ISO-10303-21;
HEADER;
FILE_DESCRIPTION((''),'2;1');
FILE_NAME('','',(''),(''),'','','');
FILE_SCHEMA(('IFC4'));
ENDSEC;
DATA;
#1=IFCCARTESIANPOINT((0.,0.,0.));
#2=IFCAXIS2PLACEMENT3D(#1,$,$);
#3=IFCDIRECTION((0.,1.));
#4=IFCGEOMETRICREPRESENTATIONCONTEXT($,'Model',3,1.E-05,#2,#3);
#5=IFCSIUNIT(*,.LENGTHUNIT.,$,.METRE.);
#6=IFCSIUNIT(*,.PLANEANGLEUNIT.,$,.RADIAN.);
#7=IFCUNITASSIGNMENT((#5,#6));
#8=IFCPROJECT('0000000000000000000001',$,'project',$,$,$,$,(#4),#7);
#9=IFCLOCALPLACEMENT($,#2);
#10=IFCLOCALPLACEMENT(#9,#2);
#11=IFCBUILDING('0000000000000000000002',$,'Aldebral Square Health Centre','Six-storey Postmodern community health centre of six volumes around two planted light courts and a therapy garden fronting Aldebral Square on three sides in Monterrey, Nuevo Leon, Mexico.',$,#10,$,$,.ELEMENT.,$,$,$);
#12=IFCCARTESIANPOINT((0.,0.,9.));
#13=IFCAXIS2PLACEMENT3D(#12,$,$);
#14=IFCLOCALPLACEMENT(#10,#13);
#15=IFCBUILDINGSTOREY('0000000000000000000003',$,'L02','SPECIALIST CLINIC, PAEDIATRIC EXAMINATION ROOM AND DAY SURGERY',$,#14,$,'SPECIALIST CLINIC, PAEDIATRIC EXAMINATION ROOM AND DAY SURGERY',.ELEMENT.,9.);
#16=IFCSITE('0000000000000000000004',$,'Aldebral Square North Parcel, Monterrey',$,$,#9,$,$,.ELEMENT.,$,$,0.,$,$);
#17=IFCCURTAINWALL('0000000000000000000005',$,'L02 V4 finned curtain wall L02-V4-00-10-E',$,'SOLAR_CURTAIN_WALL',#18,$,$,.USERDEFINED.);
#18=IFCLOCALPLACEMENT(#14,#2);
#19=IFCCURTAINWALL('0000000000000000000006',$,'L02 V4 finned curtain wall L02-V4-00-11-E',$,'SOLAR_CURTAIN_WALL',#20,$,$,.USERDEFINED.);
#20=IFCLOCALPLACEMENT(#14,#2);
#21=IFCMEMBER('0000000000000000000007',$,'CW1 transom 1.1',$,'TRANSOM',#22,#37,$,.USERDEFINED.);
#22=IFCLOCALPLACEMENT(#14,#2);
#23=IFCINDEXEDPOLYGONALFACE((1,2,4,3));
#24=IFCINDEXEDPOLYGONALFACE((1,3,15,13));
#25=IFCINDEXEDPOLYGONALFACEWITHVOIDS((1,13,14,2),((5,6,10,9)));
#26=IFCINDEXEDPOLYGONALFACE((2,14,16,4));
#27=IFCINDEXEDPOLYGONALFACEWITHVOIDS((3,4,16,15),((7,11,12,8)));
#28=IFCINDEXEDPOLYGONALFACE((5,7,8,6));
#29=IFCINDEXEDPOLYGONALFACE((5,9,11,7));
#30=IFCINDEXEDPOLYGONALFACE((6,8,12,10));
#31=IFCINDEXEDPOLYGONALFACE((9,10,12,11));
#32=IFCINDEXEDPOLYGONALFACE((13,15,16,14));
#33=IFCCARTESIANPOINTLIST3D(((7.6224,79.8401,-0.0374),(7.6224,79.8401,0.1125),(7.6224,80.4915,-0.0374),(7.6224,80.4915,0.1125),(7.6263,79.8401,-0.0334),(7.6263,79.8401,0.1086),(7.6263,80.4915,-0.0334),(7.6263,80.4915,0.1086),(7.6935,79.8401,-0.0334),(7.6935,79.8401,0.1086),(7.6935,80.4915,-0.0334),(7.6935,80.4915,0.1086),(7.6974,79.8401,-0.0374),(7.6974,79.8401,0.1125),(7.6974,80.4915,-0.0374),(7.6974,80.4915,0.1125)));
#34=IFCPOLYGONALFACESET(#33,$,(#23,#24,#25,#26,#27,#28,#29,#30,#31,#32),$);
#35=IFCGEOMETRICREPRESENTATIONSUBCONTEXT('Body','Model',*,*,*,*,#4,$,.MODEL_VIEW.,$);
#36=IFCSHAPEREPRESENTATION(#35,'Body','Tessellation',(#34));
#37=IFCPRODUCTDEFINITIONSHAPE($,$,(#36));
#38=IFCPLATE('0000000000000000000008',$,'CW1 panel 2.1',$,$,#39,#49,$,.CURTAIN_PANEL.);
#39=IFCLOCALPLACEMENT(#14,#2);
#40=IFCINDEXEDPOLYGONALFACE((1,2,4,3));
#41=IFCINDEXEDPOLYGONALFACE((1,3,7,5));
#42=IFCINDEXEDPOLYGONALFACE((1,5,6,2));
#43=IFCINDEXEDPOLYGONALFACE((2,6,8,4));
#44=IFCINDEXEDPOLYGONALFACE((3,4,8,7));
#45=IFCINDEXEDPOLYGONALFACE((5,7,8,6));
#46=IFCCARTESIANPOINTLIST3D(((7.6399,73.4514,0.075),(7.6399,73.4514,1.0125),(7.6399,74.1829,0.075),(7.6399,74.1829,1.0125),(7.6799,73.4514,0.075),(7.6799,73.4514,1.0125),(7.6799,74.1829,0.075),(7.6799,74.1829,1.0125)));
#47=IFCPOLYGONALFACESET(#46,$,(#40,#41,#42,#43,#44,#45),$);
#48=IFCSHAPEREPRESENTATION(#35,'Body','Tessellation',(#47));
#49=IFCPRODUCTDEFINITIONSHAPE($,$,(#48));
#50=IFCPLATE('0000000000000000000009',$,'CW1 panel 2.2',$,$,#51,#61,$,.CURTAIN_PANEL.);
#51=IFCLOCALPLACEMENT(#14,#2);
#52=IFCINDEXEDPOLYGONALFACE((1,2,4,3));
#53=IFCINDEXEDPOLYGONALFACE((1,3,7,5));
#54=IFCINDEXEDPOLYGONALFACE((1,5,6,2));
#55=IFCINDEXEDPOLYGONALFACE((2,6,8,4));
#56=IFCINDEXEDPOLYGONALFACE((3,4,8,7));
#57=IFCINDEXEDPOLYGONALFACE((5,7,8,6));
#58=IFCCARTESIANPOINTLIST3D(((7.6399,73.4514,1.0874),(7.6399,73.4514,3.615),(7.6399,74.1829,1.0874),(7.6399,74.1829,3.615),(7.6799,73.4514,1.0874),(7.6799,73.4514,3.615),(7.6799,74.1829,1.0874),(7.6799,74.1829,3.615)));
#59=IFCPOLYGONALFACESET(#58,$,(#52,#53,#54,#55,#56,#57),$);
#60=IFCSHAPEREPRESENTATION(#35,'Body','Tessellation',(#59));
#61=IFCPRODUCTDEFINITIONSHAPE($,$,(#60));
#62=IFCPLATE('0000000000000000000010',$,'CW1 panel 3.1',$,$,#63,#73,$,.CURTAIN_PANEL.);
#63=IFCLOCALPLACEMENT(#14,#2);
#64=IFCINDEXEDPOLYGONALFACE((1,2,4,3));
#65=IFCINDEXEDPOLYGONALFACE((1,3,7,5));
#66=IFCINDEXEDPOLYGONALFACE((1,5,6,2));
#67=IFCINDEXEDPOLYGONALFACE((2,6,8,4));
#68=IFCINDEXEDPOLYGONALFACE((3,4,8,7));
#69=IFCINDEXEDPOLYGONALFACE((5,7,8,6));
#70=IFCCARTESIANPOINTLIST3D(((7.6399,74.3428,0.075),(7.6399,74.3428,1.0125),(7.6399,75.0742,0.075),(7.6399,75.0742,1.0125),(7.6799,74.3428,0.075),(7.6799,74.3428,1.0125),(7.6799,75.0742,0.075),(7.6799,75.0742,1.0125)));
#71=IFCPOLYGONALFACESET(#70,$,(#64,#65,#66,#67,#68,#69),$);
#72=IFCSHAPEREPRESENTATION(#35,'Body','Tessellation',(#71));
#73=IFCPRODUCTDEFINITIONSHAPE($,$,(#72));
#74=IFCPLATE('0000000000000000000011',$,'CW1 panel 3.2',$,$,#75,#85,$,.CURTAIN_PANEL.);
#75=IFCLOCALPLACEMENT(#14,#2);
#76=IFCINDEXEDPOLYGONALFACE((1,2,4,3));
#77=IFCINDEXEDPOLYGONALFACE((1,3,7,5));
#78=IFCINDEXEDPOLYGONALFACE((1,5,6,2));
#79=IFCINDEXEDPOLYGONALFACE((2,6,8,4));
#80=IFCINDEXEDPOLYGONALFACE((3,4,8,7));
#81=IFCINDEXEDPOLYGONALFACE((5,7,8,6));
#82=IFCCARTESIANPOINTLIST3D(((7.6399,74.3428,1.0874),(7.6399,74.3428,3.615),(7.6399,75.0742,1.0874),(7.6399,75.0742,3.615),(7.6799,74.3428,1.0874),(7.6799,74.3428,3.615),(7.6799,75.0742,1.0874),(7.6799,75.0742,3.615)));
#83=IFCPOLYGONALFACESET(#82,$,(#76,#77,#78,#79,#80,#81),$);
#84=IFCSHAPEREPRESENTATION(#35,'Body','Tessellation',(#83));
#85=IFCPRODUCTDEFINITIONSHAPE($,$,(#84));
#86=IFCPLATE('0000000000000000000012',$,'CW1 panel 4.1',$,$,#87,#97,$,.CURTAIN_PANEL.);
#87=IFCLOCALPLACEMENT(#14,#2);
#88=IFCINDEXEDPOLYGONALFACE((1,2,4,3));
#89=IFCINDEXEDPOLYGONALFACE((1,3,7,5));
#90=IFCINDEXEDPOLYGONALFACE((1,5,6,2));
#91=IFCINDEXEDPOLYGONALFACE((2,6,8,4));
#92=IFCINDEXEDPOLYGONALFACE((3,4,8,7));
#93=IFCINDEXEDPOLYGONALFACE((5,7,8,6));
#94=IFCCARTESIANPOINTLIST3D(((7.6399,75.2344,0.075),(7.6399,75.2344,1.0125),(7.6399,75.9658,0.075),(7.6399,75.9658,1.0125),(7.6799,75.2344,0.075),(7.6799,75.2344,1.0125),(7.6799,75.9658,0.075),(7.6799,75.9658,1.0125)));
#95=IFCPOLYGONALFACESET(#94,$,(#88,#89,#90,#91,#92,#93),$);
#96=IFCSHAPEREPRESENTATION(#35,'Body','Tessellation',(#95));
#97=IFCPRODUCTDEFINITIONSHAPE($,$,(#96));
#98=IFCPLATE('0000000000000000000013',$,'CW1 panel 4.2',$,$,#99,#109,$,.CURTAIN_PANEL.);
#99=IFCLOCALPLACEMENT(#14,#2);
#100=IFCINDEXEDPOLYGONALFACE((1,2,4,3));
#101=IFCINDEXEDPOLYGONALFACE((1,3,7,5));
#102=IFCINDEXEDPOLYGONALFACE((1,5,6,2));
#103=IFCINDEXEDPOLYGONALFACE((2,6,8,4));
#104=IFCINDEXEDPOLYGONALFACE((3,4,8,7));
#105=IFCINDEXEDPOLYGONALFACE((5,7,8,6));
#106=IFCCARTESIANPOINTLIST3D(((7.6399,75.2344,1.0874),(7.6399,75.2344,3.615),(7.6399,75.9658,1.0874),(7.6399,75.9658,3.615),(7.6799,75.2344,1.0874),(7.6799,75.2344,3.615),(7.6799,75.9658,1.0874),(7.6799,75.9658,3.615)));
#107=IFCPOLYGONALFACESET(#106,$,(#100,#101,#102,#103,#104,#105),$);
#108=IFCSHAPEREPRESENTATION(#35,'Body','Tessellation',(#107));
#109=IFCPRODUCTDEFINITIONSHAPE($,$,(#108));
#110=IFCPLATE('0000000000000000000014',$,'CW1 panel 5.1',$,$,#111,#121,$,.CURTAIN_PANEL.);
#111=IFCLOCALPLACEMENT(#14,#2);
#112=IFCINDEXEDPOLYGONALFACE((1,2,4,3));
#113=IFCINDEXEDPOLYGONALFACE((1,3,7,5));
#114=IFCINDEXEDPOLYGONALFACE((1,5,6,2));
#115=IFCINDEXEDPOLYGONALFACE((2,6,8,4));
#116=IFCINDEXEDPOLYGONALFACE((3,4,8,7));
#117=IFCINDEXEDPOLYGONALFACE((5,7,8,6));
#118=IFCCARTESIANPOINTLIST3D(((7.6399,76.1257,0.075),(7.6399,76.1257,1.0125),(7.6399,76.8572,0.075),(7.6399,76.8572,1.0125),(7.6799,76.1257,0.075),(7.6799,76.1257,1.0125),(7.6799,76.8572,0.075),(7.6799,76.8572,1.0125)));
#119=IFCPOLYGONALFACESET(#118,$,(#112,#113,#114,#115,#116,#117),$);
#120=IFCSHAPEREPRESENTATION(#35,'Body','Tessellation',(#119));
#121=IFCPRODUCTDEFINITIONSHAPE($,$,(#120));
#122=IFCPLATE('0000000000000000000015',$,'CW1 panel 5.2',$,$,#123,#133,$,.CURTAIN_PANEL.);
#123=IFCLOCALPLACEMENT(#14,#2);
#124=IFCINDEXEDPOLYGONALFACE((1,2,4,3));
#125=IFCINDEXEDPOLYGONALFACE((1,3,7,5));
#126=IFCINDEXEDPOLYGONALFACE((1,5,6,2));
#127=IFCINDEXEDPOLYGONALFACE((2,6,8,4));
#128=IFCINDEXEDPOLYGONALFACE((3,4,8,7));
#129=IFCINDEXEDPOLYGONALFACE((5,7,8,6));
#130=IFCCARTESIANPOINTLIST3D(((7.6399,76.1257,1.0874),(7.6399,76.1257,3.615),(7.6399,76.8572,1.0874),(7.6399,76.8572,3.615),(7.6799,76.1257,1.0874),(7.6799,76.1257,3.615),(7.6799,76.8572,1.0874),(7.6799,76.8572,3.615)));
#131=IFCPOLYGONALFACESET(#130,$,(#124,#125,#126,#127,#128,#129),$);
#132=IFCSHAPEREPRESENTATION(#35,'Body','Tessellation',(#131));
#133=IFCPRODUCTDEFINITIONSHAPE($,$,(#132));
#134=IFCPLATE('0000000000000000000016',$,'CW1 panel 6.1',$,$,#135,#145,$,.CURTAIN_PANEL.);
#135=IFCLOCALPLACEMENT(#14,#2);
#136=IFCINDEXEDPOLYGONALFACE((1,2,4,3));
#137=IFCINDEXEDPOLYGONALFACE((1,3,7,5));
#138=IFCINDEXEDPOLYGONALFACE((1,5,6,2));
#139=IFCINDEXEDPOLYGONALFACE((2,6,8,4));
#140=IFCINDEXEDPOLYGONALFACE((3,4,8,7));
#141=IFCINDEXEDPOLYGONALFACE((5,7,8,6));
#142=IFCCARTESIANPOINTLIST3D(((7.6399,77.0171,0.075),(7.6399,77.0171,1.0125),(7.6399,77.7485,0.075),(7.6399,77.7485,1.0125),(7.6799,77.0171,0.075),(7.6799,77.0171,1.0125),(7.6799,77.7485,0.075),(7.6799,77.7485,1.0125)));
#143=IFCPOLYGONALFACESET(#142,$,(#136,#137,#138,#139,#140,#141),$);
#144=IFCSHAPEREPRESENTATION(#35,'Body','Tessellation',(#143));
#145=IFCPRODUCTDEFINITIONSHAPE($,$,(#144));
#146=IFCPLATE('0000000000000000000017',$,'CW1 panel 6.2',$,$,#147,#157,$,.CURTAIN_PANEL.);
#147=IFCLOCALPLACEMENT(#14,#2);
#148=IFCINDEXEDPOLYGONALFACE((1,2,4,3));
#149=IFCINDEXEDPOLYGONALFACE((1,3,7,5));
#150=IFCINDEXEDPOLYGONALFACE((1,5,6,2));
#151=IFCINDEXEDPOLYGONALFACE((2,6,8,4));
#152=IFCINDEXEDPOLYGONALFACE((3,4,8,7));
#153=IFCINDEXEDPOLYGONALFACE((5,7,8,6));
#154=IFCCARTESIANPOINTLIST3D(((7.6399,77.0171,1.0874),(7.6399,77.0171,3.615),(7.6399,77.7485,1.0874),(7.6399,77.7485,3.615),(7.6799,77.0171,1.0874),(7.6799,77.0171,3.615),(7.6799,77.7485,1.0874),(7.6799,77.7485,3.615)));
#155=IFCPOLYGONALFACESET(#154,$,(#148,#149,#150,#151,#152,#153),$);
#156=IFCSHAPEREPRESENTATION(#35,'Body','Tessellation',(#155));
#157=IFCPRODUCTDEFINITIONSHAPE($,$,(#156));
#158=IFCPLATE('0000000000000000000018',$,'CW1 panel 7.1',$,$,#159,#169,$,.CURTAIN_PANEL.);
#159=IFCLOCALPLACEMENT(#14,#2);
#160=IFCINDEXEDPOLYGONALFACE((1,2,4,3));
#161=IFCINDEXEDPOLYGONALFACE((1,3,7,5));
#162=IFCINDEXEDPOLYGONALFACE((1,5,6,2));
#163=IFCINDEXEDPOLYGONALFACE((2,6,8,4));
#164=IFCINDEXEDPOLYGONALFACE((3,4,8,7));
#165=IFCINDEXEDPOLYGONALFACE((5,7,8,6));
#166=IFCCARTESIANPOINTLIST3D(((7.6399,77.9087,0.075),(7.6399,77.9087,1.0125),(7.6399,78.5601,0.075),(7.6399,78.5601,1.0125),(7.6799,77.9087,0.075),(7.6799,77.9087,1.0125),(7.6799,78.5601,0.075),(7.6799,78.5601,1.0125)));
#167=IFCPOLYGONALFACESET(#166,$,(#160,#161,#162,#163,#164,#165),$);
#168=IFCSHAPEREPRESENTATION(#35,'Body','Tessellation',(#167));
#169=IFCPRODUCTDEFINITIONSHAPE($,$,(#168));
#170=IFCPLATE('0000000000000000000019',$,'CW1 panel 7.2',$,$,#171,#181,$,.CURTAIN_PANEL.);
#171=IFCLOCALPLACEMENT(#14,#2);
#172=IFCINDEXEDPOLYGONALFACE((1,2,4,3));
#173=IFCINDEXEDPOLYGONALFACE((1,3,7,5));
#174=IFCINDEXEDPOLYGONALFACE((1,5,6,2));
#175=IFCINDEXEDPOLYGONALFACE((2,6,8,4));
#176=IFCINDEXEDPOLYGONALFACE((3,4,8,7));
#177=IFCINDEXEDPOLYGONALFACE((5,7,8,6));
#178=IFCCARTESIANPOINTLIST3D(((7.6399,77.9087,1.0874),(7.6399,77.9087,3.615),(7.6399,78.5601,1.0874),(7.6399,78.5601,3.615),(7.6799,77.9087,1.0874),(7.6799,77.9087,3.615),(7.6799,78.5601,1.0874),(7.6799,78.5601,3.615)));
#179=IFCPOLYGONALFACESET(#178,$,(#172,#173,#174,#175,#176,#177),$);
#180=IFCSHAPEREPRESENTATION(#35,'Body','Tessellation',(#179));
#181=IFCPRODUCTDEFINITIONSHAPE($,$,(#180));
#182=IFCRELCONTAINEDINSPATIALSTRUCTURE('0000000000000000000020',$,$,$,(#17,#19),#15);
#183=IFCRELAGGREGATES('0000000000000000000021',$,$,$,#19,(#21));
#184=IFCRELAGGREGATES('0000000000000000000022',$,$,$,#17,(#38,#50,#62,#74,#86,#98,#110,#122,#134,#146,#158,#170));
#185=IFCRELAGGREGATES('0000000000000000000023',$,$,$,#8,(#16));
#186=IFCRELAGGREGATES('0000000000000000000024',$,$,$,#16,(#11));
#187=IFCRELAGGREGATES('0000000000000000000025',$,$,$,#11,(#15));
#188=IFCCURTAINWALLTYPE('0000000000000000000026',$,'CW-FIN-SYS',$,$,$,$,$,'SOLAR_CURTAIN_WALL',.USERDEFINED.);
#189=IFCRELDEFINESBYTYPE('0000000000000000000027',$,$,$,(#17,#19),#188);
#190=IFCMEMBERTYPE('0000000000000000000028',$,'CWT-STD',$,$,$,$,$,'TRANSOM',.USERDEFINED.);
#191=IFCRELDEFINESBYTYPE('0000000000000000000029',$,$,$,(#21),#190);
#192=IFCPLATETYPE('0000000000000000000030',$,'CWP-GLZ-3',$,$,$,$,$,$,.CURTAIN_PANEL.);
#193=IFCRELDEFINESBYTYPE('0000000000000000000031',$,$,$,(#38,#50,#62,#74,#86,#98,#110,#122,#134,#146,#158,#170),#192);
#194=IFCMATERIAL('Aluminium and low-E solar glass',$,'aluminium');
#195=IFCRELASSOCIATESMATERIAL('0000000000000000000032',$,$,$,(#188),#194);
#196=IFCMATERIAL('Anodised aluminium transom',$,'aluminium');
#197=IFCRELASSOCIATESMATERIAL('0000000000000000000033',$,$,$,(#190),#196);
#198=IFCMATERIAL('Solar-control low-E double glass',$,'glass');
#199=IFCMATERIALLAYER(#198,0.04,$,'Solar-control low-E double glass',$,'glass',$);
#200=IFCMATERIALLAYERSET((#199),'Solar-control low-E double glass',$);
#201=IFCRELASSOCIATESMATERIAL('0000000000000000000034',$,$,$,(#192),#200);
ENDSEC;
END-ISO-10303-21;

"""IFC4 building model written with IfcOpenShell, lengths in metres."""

from ifc_helpers import new_model, si_unit, direction, frame, origin, origin_2d, place, context, subcontext, project, spatial, rectangle, hollow_rectangle, extrude, material, layer, layer_set, material_profile, profile_set, type_object, element, aggregate, save


model = new_model("IFC4")

# Units and contexts
model_context = context("Model", 3, precision=1e-05, world=origin(), true_north=direction((0.0, 1.0)))
body_context = subcontext(model_context, "Body", "Model", "MODEL_VIEW")
ifc_project = project(units=[si_unit("LENGTHUNIT", "METRE"), si_unit("PLANEANGLEUNIT", "RADIAN")], contexts=[model_context])

# Site, building, storey
site_placement = place(None, origin())
site = spatial("IfcSite", under=ifc_project, at=site_placement, Name="Aldebral Square North Parcel, Monterrey", CompositionType="ELEMENT", RefElevation=0.0)
building_placement = place(site_placement, origin())
building = spatial("IfcBuilding", under=site, at=building_placement, Name="Aldebral Square Health Centre", Description="Six-storey Postmodern community health centre of six volumes around two planted light courts and a therapy garden fronting Aldebral Square on three sides in Monterrey, Nuevo Leon, Mexico.", CompositionType="ELEMENT")
storey_placement = place(building_placement, frame((0.0, 0.0, 9.0)))
storey = spatial("IfcBuildingStorey", under=building, at=storey_placement, Name="L02", Description="SPECIALIST CLINIC, PAEDIATRIC EXAMINATION ROOM AND DAY SURGERY", LongName="SPECIALIST CLINIC, PAEDIATRIC EXAMINATION ROOM AND DAY SURGERY", CompositionType="ELEMENT", Elevation=9.0)

# Curtain wall
ifc_material_1 = material(Name="Aluminium and low-E solar glass", Category="aluminium")
curtain_wall_type = type_object("IfcCurtainWallType", Name="CW-FIN-SYS", ElementType="SOLAR_CURTAIN_WALL", PredefinedType="USERDEFINED", material=ifc_material_1)
curtain_wall_1_placement = place(storey_placement, origin())
curtain_wall_1 = element("IfcCurtainWall", 1, at=curtain_wall_1_placement, inside=storey, type_object=curtain_wall_type, Name="L02 V4 finned curtain wall L02-V4-00-10-E", ObjectType="SOLAR_CURTAIN_WALL", PredefinedType="USERDEFINED")

# Curtain wall
curtain_wall_2_placement = place(storey_placement, origin())
curtain_wall_2 = element("IfcCurtainWall", 2, at=curtain_wall_2_placement, inside=storey, type_object=curtain_wall_type, Name="L02 V4 finned curtain wall L02-V4-00-11-E", ObjectType="SOLAR_CURTAIN_WALL", PredefinedType="USERDEFINED")

# Member
ifc_material_2 = material(Name="Anodised aluminium transom", Category="aluminium")
ifc_material_profile_1 = material_profile(ifc_material_2, hollow_rectangle(XDim=0.075, YDim=0.1499, WallThickness=0.0039, at=origin_2d()), Name="CWT 75x150x4")
ifc_profile_set_1 = profile_set([ifc_material_profile_1], Name="Anodised aluminium transom")
member_type_1 = type_object("IfcMemberType", Name="CWT-STD", ElementType="TRANSOM", PredefinedType="USERDEFINED", material=ifc_profile_set_1)
member_1_placement = place(storey_placement, frame((7.6599, 79.8401, 0.0376), z_axis=(0.0, 1.0, 0.0), x_axis=(-1.0, 0.0, 0.0)))
member_1 = element("IfcMember", 3, at=member_1_placement, type_object=member_type_1, Name="CW1 transom 1.1", ObjectType="TRANSOM", PredefinedType="USERDEFINED", context=body_context, shape_type="SweptSolid", body=[
    extrude(hollow_rectangle(XDim=0.075, YDim=0.1499, WallThickness=0.0039, at=origin_2d()), origin(), (0.0, 0.0, 1.0), 0.6514),
])
aggregate(curtain_wall_2, [member_1])

# Plates
ifc_material_3 = material(Name="Solar-control low-E double glass", Category="glass")
ifc_layer = layer(ifc_material_3, 0.04, Name="Solar-control low-E double glass", Category="glass")
ifc_layer_set = layer_set([ifc_layer], Name="Solar-control low-E double glass")
plate_type = type_object("IfcPlateType", Name="CWP-GLZ-3", PredefinedType="CURTAIN_PANEL", material=ifc_layer_set)
plate_1_placement = place(storey_placement, frame((7.6599, 73.8171, 0.075), z_axis=(0.0, 0.0, 1.0), x_axis=(0.0, 1.0, 0.0)))
plate_1 = element("IfcPlate", 4, at=plate_1_placement, type_object=plate_type, Name="CW1 panel 2.1", PredefinedType="CURTAIN_PANEL", context=body_context, shape_type="SweptSolid", body=[
    extrude(rectangle(XDim=0.7314, YDim=0.04, at=origin_2d()), origin(), (0.0, 0.0, 1.0), 0.9375),
])
plate_2_placement = place(storey_placement, frame((7.6599, 73.8171, 1.0874), z_axis=(0.0, 0.0, 1.0), x_axis=(0.0, 1.0, 0.0)))
plate_2 = element("IfcPlate", 5, at=plate_2_placement, type_object=plate_type, Name="CW1 panel 2.2", PredefinedType="CURTAIN_PANEL", context=body_context, shape_type="SweptSolid", body=[
    extrude(rectangle(XDim=0.7314, YDim=0.04, at=origin_2d()), origin(), (0.0, 0.0, 1.0), 2.5276),
])
plate_3_placement = place(storey_placement, frame((7.6599, 74.7085, 0.075), z_axis=(0.0, 0.0, 1.0), x_axis=(0.0, 1.0, 0.0)))
plate_3 = element("IfcPlate", 6, at=plate_3_placement, type_object=plate_type, Name="CW1 panel 3.1", PredefinedType="CURTAIN_PANEL", context=body_context, shape_type="SweptSolid", body=[
    extrude(rectangle(XDim=0.7314, YDim=0.04, at=origin_2d()), origin(), (0.0, 0.0, 1.0), 0.9375),
])
plate_4_placement = place(storey_placement, frame((7.6599, 74.7085, 1.0874), z_axis=(0.0, 0.0, 1.0), x_axis=(0.0, 1.0, 0.0)))
plate_4 = element("IfcPlate", 7, at=plate_4_placement, type_object=plate_type, Name="CW1 panel 3.2", PredefinedType="CURTAIN_PANEL", context=body_context, shape_type="SweptSolid", body=[
    extrude(rectangle(XDim=0.7314, YDim=0.04, at=origin_2d()), origin(), (0.0, 0.0, 1.0), 2.5276),
])
plate_5_placement = place(storey_placement, frame((7.6599, 75.6001, 0.075), z_axis=(0.0, 0.0, 1.0), x_axis=(0.0, 1.0, 0.0)))
plate_5 = element("IfcPlate", 8, at=plate_5_placement, type_object=plate_type, Name="CW1 panel 4.1", PredefinedType="CURTAIN_PANEL", context=body_context, shape_type="SweptSolid", body=[
    extrude(rectangle(XDim=0.7314, YDim=0.04, at=origin_2d()), origin(), (0.0, 0.0, 1.0), 0.9375),
])
plate_6_placement = place(storey_placement, frame((7.6599, 75.6001, 1.0874), z_axis=(0.0, 0.0, 1.0), x_axis=(0.0, 1.0, 0.0)))
plate_6 = element("IfcPlate", 9, at=plate_6_placement, type_object=plate_type, Name="CW1 panel 4.2", PredefinedType="CURTAIN_PANEL", context=body_context, shape_type="SweptSolid", body=[
    extrude(rectangle(XDim=0.7314, YDim=0.04, at=origin_2d()), origin(), (0.0, 0.0, 1.0), 2.5276),
])
plate_7_placement = place(storey_placement, frame((7.6599, 76.4915, 0.075), z_axis=(0.0, 0.0, 1.0), x_axis=(0.0, 1.0, 0.0)))
plate_7 = element("IfcPlate", 10, at=plate_7_placement, type_object=plate_type, Name="CW1 panel 5.1", PredefinedType="CURTAIN_PANEL", context=body_context, shape_type="SweptSolid", body=[
    extrude(rectangle(XDim=0.7314, YDim=0.04, at=origin_2d()), origin(), (0.0, 0.0, 1.0), 0.9375),
])
plate_8_placement = place(storey_placement, frame((7.6599, 76.4915, 1.0874), z_axis=(0.0, 0.0, 1.0), x_axis=(0.0, 1.0, 0.0)))
plate_8 = element("IfcPlate", 11, at=plate_8_placement, type_object=plate_type, Name="CW1 panel 5.2", PredefinedType="CURTAIN_PANEL", context=body_context, shape_type="SweptSolid", body=[
    extrude(rectangle(XDim=0.7314, YDim=0.04, at=origin_2d()), origin(), (0.0, 0.0, 1.0), 2.5276),
])
plate_9_placement = place(storey_placement, frame((7.6599, 77.3828, 0.075), z_axis=(0.0, 0.0, 1.0), x_axis=(0.0, 1.0, 0.0)))
plate_9 = element("IfcPlate", 12, at=plate_9_placement, type_object=plate_type, Name="CW1 panel 6.1", PredefinedType="CURTAIN_PANEL", context=body_context, shape_type="SweptSolid", body=[
    extrude(rectangle(XDim=0.7314, YDim=0.04, at=origin_2d()), origin(), (0.0, 0.0, 1.0), 0.9375),
])
plate_10_placement = place(storey_placement, frame((7.6599, 77.3828, 1.0874), z_axis=(0.0, 0.0, 1.0), x_axis=(0.0, 1.0, 0.0)))
plate_10 = element("IfcPlate", 13, at=plate_10_placement, type_object=plate_type, Name="CW1 panel 6.2", PredefinedType="CURTAIN_PANEL", context=body_context, shape_type="SweptSolid", body=[
    extrude(rectangle(XDim=0.7314, YDim=0.04, at=origin_2d()), origin(), (0.0, 0.0, 1.0), 2.5276),
])
plate_11_placement = place(storey_placement, frame((7.6599, 78.2344, 0.075), z_axis=(0.0, 0.0, 1.0), x_axis=(0.0, 1.0, 0.0)))
plate_11 = element("IfcPlate", 14, at=plate_11_placement, type_object=plate_type, Name="CW1 panel 7.1", PredefinedType="CURTAIN_PANEL", context=body_context, shape_type="SweptSolid", body=[
    extrude(rectangle(XDim=0.6514, YDim=0.04, at=origin_2d()), origin(), (0.0, 0.0, 1.0), 0.9375),
])
plate_12_placement = place(storey_placement, frame((7.6599, 78.2344, 1.0874), z_axis=(0.0, 0.0, 1.0), x_axis=(0.0, 1.0, 0.0)))
plate_12 = element("IfcPlate", 15, at=plate_12_placement, type_object=plate_type, Name="CW1 panel 7.2", PredefinedType="CURTAIN_PANEL", context=body_context, shape_type="SweptSolid", body=[
    extrude(rectangle(XDim=0.6514, YDim=0.04, at=origin_2d()), origin(), (0.0, 0.0, 1.0), 2.5276),
])
aggregate(curtain_wall_1, [plate_1, plate_2, plate_3, plate_4, plate_5, plate_6, plate_7, plate_8, plate_9, plate_10, plate_11, plate_12])

save(model, "model.ifc")
